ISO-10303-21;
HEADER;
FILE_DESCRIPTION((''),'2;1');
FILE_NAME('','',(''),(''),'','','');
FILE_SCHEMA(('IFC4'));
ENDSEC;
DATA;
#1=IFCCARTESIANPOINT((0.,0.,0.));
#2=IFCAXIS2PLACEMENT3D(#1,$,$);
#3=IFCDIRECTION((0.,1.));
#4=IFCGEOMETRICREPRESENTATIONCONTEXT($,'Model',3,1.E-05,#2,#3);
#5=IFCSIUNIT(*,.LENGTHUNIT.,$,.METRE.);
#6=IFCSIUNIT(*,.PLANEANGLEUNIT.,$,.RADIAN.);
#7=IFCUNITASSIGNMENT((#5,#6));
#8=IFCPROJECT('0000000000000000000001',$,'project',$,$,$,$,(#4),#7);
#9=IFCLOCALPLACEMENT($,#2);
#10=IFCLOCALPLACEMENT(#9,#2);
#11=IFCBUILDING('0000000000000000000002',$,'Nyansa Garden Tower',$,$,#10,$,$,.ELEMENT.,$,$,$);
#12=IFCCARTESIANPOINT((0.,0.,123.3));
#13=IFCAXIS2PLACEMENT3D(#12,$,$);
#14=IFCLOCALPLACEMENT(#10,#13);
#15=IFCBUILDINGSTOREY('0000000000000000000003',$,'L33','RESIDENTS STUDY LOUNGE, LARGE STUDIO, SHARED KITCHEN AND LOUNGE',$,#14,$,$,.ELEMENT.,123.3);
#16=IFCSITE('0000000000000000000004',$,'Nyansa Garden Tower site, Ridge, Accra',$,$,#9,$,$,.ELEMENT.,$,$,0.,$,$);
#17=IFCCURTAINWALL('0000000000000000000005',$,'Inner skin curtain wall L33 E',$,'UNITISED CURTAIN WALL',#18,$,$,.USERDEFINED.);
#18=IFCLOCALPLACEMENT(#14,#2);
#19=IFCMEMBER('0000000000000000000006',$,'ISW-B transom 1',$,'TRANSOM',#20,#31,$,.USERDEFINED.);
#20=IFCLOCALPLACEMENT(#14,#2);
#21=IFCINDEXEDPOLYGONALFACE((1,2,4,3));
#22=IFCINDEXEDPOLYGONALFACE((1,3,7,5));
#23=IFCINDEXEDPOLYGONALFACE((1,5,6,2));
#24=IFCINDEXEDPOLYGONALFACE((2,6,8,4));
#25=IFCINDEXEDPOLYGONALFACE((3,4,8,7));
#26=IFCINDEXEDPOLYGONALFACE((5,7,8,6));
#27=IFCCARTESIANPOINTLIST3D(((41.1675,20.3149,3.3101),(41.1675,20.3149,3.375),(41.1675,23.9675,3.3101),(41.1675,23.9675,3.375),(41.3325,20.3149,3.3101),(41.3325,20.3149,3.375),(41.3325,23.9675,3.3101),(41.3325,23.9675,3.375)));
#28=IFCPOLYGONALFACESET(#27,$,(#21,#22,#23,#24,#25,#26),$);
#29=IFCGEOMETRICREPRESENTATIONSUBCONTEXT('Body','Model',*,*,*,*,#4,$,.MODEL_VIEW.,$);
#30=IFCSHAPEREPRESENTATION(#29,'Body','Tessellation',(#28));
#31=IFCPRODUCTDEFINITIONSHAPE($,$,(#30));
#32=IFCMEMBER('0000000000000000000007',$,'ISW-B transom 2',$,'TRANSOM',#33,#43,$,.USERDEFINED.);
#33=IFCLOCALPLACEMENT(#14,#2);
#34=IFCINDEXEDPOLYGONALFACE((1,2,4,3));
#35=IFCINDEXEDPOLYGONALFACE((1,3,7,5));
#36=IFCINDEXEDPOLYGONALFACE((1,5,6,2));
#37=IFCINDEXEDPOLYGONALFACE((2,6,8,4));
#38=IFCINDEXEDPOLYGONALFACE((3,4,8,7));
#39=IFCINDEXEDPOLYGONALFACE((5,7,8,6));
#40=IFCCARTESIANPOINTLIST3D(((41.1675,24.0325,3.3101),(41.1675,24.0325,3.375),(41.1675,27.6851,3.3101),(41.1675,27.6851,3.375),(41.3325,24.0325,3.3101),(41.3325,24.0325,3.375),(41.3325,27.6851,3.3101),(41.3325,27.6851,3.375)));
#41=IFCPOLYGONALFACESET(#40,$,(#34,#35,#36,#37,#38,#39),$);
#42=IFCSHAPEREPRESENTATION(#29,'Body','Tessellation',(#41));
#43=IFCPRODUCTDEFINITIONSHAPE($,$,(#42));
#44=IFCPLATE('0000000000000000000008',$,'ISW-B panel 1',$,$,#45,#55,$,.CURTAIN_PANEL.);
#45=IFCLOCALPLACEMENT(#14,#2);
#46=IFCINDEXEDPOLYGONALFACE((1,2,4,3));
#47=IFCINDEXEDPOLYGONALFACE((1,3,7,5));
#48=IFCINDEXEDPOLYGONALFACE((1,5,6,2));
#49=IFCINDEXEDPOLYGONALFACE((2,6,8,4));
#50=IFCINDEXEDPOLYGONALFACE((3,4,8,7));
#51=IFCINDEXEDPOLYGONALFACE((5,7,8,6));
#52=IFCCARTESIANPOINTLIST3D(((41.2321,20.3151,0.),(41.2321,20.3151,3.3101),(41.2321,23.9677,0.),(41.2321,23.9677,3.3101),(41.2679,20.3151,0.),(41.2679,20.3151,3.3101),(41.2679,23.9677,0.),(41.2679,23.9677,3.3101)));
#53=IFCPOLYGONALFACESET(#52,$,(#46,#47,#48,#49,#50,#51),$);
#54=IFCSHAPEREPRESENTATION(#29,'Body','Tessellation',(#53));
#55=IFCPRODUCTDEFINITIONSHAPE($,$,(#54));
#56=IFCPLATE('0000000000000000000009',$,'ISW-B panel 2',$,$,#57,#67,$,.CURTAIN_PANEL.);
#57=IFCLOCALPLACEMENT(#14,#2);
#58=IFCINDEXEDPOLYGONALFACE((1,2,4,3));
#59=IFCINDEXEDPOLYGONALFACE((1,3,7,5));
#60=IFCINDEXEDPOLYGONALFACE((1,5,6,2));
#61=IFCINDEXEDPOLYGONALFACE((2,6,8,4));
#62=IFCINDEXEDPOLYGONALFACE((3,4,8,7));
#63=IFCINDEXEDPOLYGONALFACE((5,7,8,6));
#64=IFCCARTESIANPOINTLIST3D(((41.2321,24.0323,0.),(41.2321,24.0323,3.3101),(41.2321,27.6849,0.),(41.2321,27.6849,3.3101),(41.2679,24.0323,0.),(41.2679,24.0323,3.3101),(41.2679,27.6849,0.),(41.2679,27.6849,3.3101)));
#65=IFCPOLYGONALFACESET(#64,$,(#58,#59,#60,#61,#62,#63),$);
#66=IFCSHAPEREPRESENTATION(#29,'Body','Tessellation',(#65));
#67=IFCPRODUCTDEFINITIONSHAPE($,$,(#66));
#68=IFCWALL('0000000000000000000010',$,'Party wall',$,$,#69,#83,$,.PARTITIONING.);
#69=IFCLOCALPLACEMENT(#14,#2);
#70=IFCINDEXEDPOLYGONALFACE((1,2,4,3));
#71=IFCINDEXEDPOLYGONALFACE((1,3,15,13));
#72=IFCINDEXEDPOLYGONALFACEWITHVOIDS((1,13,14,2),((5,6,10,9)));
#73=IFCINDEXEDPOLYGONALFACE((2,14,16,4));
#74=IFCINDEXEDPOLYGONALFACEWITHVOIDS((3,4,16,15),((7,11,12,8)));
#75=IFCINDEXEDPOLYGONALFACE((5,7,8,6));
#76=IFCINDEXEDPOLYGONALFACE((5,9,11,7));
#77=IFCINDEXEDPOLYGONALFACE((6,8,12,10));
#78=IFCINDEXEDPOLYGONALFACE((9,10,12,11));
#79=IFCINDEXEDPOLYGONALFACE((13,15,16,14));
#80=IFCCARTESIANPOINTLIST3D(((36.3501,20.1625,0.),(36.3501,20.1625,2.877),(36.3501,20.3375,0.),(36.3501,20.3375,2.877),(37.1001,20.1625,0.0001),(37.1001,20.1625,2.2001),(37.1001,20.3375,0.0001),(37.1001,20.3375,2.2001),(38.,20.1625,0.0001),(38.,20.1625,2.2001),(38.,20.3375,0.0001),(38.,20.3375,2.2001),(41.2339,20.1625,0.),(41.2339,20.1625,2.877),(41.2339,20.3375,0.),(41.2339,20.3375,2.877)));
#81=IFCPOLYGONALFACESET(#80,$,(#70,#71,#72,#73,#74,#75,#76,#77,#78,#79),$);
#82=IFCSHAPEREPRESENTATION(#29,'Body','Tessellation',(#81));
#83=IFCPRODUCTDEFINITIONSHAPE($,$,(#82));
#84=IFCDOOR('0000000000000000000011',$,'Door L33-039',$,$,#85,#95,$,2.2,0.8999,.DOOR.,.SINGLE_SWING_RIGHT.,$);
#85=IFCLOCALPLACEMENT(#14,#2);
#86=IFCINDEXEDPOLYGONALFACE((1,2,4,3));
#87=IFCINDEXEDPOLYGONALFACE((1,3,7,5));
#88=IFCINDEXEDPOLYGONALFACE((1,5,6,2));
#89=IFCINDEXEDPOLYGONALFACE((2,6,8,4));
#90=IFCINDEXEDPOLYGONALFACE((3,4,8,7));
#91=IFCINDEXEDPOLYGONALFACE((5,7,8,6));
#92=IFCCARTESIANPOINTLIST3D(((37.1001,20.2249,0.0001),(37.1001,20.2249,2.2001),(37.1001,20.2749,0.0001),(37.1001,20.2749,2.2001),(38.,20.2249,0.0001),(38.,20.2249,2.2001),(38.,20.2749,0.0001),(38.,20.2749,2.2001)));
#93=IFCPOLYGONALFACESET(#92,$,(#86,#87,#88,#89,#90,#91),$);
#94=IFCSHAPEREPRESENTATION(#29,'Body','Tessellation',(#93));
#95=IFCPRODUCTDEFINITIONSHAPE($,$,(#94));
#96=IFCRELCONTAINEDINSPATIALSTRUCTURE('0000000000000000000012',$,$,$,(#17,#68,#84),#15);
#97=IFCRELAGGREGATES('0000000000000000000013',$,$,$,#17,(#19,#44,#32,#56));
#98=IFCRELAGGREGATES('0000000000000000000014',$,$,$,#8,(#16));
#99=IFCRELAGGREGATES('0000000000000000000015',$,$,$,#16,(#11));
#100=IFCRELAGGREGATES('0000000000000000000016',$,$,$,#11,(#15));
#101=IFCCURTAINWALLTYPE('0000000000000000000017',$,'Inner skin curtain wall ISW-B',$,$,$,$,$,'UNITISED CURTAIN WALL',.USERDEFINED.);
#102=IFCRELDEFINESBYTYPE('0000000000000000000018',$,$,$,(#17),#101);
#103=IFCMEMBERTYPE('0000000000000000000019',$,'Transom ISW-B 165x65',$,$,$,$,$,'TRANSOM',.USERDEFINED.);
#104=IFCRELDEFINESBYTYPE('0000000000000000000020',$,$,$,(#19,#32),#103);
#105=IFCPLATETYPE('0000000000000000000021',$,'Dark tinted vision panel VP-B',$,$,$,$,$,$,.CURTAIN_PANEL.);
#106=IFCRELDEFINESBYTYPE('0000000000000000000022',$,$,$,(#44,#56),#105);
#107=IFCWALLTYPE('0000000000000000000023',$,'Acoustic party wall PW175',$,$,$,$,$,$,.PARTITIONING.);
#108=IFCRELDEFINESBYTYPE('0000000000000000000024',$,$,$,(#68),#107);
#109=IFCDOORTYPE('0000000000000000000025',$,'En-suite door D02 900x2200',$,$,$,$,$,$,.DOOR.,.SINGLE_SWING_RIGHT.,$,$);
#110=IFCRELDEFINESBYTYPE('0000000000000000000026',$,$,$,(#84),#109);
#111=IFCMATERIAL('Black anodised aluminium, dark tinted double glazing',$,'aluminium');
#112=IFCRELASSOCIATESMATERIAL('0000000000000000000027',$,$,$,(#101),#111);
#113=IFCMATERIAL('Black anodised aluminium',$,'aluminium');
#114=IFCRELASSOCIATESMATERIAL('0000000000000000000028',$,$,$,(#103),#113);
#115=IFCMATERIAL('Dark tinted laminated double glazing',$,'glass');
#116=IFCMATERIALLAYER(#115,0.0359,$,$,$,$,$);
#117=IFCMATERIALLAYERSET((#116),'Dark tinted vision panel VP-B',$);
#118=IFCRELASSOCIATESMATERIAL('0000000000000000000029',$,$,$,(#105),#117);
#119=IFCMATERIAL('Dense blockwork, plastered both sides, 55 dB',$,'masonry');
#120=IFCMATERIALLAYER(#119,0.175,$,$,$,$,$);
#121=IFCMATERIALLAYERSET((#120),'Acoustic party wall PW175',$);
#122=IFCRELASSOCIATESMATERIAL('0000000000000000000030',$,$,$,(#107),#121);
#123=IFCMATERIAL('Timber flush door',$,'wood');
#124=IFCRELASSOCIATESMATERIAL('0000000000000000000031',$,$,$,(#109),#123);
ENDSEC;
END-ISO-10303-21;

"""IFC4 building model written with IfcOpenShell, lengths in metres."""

from ifc_helpers import new_model, si_unit, direction, frame, frame_2d, origin, origin_2d, place, context, subcontext, project, spatial, rectangle, extrude, material, layer, layer_set, material_profile, profile_set, type_object, element, fill, aggregate, save


model = new_model("IFC4")

# Units and contexts
model_context = context("Model", 3, precision=1e-05, world=origin(), true_north=direction((0.0, 1.0)))
body_context = subcontext(model_context, "Body", "Model", "MODEL_VIEW")
ifc_project = project(units=[si_unit("LENGTHUNIT", "METRE"), si_unit("PLANEANGLEUNIT", "RADIAN")], contexts=[model_context])

# Site, building, storey
site_placement = place(None, origin())
site = spatial("IfcSite", under=ifc_project, at=site_placement, Name="Nyansa Garden Tower site, Ridge, Accra", CompositionType="ELEMENT", RefElevation=0.0)
building_placement = place(site_placement, origin())
building = spatial("IfcBuilding", under=site, at=building_placement, Name="Nyansa Garden Tower", CompositionType="ELEMENT")
storey_placement = place(building_placement, frame((0.0, 0.0, 123.3)))
storey = spatial("IfcBuildingStorey", under=building, at=storey_placement, Name="L33", Description="RESIDENTS STUDY LOUNGE, LARGE STUDIO, SHARED KITCHEN AND LOUNGE", CompositionType="ELEMENT", Elevation=123.3)

# Curtain wall
ifc_material_1 = material(Name="Black anodised aluminium, dark tinted double glazing", Category="aluminium")
curtain_wall_type = type_object("IfcCurtainWallType", Name="Inner skin curtain wall ISW-B", ElementType="UNITISED CURTAIN WALL", PredefinedType="USERDEFINED", material=ifc_material_1)
curtain_wall_placement = place(storey_placement, origin())
curtain_wall = element("IfcCurtainWall", 1, at=curtain_wall_placement, inside=storey, type_object=curtain_wall_type, Name="Inner skin curtain wall L33 E", ObjectType="UNITISED CURTAIN WALL", PredefinedType="USERDEFINED")

# Members
ifc_material_2 = material(Name="Black anodised aluminium", Category="aluminium")
ifc_material_profile_1 = material_profile(ifc_material_2, rectangle(XDim=0.165, YDim=0.0649, at=origin_2d()), Name="Transom 165x65")
ifc_profile_set_1 = profile_set([ifc_material_profile_1], Name="Black anodised aluminium")
member_type_1 = type_object("IfcMemberType", Name="Transom ISW-B 165x65", ElementType="TRANSOM", PredefinedType="USERDEFINED", material=ifc_profile_set_1)
member_1_placement = place(storey_placement, frame((41.25, 20.3149, 3.3425), z_axis=(0.0, 1.0, 0.0), x_axis=(-1.0, 0.0, 0.0)))
member_1 = element("IfcMember", 2, at=member_1_placement, type_object=member_type_1, Name="ISW-B transom 1", ObjectType="TRANSOM", PredefinedType="USERDEFINED", context=body_context, shape_type="SweptSolid", body=[
    extrude(rectangle(XDim=0.165, YDim=0.0649, at=origin_2d()), origin(), (0.0, 0.0, 1.0), 3.6526),
])
member_2_placement = place(storey_placement, frame((41.25, 24.0325, 3.3425), z_axis=(0.0, 1.0, 0.0), x_axis=(-1.0, 0.0, 0.0)))
member_2 = element("IfcMember", 3, at=member_2_placement, type_object=member_type_1, Name="ISW-B transom 2", ObjectType="TRANSOM", PredefinedType="USERDEFINED", context=body_context, shape_type="SweptSolid", body=[
    extrude(rectangle(XDim=0.165, YDim=0.0649, at=origin_2d()), origin(), (0.0, 0.0, 1.0), 3.6526),
])

# Plates
ifc_material_3 = material(Name="Dark tinted laminated double glazing", Category="glass")
ifc_layer_1 = layer(ifc_material_3, 0.0359)
ifc_layer_set_1 = layer_set([ifc_layer_1], Name="Dark tinted vision panel VP-B")
plate_type = type_object("IfcPlateType", Name="Dark tinted vision panel VP-B", PredefinedType="CURTAIN_PANEL", material=ifc_layer_set_1)
plate_1_placement = place(storey_placement, frame((41.25, 22.1414, 0.0), z_axis=(0.0, 0.0, 1.0), x_axis=(0.0, 1.0, 0.0)))
plate_1 = element("IfcPlate", 4, at=plate_1_placement, type_object=plate_type, Name="ISW-B panel 1", PredefinedType="CURTAIN_PANEL", context=body_context, shape_type="SweptSolid", body=[
    extrude(rectangle(XDim=3.6526, YDim=0.0359, at=origin_2d()), origin(), (0.0, 0.0, 1.0), 3.3101),
])
plate_2_placement = place(storey_placement, frame((41.25, 25.8586, 0.0), z_axis=(0.0, 0.0, 1.0), x_axis=(0.0, 1.0, 0.0)))
plate_2 = element("IfcPlate", 5, at=plate_2_placement, type_object=plate_type, Name="ISW-B panel 2", PredefinedType="CURTAIN_PANEL", context=body_context, shape_type="SweptSolid", body=[
    extrude(rectangle(XDim=3.6526, YDim=0.0359, at=origin_2d()), origin(), (0.0, 0.0, 1.0), 3.3101),
])
aggregate(curtain_wall, [member_1, plate_1, member_2, plate_2])

# Wall, opening, door
ifc_material_4 = material(Name="Dense blockwork, plastered both sides, 55 dB", Category="masonry")
ifc_layer_2 = layer(ifc_material_4, 0.175)
ifc_layer_set_2 = layer_set([ifc_layer_2], Name="Acoustic party wall PW175")
wall_type_1 = type_object("IfcWallType", Name="Acoustic party wall PW175", PredefinedType="PARTITIONING", material=ifc_layer_set_2)
wall_1_placement = place(storey_placement, frame((36.3501, 20.25, 0.0), z_axis=(0.0, 0.0, 1.0), x_axis=(1.0, 0.0, 0.0)))
wall_1 = element("IfcWall", 6, at=wall_1_placement, inside=storey, type_object=wall_type_1, Name="Party wall", PredefinedType="PARTITIONING", context=body_context, shape_type="SweptSolid", body=[
    extrude(rectangle(XDim=4.8838, YDim=0.175, at=frame_2d((2.4419, 0.0))), origin(), (0.0, 0.0, 1.0), 2.877),
])
opening_1_placement = place(wall_1_placement, frame((0.75, 0.0, 0.0)))
opening_1 = element("IfcOpeningElement", 7, at=opening_1_placement, cuts=wall_1, PredefinedType="OPENING", context=body_context, shape_type="SweptSolid", body=[
    extrude(rectangle(XDim=0.8999, YDim=2.2, at=frame_2d((0.45, 1.1001))), frame((0.0, 0.0974, 0.0), z_axis=(0.0, -1.0, 0.0), x_axis=(1.0, 0.0, 0.0)), (0.0, 0.0, 1.0), 0.1951),
])
ifc_material_5 = material(Name="Timber flush door", Category="wood")
door_type_1 = type_object("IfcDoorType", Name="En-suite door D02 900x2200", OperationType="SINGLE_SWING_RIGHT", PredefinedType="DOOR", material=ifc_material_5)
door_1_placement = place(opening_1_placement, origin())
door_1 = element("IfcDoor", 8, at=door_1_placement, inside=storey, type_object=door_type_1, Name="Door L33-039", OperationType="SINGLE_SWING_RIGHT", OverallHeight=2.2, OverallWidth=0.8999, PredefinedType="DOOR", context=body_context, shape_type="SweptSolid", body=[
    extrude(rectangle(XDim=0.8999, YDim=2.2, at=frame_2d((0.45, 1.1001))), frame((0.0, 0.0249, 0.0), z_axis=(0.0, -1.0, 0.0), x_axis=(1.0, 0.0, 0.0)), (0.0, 0.0, 1.0), 0.05),
])
fill(opening_1, door_1)

save(model, "model.ifc")
